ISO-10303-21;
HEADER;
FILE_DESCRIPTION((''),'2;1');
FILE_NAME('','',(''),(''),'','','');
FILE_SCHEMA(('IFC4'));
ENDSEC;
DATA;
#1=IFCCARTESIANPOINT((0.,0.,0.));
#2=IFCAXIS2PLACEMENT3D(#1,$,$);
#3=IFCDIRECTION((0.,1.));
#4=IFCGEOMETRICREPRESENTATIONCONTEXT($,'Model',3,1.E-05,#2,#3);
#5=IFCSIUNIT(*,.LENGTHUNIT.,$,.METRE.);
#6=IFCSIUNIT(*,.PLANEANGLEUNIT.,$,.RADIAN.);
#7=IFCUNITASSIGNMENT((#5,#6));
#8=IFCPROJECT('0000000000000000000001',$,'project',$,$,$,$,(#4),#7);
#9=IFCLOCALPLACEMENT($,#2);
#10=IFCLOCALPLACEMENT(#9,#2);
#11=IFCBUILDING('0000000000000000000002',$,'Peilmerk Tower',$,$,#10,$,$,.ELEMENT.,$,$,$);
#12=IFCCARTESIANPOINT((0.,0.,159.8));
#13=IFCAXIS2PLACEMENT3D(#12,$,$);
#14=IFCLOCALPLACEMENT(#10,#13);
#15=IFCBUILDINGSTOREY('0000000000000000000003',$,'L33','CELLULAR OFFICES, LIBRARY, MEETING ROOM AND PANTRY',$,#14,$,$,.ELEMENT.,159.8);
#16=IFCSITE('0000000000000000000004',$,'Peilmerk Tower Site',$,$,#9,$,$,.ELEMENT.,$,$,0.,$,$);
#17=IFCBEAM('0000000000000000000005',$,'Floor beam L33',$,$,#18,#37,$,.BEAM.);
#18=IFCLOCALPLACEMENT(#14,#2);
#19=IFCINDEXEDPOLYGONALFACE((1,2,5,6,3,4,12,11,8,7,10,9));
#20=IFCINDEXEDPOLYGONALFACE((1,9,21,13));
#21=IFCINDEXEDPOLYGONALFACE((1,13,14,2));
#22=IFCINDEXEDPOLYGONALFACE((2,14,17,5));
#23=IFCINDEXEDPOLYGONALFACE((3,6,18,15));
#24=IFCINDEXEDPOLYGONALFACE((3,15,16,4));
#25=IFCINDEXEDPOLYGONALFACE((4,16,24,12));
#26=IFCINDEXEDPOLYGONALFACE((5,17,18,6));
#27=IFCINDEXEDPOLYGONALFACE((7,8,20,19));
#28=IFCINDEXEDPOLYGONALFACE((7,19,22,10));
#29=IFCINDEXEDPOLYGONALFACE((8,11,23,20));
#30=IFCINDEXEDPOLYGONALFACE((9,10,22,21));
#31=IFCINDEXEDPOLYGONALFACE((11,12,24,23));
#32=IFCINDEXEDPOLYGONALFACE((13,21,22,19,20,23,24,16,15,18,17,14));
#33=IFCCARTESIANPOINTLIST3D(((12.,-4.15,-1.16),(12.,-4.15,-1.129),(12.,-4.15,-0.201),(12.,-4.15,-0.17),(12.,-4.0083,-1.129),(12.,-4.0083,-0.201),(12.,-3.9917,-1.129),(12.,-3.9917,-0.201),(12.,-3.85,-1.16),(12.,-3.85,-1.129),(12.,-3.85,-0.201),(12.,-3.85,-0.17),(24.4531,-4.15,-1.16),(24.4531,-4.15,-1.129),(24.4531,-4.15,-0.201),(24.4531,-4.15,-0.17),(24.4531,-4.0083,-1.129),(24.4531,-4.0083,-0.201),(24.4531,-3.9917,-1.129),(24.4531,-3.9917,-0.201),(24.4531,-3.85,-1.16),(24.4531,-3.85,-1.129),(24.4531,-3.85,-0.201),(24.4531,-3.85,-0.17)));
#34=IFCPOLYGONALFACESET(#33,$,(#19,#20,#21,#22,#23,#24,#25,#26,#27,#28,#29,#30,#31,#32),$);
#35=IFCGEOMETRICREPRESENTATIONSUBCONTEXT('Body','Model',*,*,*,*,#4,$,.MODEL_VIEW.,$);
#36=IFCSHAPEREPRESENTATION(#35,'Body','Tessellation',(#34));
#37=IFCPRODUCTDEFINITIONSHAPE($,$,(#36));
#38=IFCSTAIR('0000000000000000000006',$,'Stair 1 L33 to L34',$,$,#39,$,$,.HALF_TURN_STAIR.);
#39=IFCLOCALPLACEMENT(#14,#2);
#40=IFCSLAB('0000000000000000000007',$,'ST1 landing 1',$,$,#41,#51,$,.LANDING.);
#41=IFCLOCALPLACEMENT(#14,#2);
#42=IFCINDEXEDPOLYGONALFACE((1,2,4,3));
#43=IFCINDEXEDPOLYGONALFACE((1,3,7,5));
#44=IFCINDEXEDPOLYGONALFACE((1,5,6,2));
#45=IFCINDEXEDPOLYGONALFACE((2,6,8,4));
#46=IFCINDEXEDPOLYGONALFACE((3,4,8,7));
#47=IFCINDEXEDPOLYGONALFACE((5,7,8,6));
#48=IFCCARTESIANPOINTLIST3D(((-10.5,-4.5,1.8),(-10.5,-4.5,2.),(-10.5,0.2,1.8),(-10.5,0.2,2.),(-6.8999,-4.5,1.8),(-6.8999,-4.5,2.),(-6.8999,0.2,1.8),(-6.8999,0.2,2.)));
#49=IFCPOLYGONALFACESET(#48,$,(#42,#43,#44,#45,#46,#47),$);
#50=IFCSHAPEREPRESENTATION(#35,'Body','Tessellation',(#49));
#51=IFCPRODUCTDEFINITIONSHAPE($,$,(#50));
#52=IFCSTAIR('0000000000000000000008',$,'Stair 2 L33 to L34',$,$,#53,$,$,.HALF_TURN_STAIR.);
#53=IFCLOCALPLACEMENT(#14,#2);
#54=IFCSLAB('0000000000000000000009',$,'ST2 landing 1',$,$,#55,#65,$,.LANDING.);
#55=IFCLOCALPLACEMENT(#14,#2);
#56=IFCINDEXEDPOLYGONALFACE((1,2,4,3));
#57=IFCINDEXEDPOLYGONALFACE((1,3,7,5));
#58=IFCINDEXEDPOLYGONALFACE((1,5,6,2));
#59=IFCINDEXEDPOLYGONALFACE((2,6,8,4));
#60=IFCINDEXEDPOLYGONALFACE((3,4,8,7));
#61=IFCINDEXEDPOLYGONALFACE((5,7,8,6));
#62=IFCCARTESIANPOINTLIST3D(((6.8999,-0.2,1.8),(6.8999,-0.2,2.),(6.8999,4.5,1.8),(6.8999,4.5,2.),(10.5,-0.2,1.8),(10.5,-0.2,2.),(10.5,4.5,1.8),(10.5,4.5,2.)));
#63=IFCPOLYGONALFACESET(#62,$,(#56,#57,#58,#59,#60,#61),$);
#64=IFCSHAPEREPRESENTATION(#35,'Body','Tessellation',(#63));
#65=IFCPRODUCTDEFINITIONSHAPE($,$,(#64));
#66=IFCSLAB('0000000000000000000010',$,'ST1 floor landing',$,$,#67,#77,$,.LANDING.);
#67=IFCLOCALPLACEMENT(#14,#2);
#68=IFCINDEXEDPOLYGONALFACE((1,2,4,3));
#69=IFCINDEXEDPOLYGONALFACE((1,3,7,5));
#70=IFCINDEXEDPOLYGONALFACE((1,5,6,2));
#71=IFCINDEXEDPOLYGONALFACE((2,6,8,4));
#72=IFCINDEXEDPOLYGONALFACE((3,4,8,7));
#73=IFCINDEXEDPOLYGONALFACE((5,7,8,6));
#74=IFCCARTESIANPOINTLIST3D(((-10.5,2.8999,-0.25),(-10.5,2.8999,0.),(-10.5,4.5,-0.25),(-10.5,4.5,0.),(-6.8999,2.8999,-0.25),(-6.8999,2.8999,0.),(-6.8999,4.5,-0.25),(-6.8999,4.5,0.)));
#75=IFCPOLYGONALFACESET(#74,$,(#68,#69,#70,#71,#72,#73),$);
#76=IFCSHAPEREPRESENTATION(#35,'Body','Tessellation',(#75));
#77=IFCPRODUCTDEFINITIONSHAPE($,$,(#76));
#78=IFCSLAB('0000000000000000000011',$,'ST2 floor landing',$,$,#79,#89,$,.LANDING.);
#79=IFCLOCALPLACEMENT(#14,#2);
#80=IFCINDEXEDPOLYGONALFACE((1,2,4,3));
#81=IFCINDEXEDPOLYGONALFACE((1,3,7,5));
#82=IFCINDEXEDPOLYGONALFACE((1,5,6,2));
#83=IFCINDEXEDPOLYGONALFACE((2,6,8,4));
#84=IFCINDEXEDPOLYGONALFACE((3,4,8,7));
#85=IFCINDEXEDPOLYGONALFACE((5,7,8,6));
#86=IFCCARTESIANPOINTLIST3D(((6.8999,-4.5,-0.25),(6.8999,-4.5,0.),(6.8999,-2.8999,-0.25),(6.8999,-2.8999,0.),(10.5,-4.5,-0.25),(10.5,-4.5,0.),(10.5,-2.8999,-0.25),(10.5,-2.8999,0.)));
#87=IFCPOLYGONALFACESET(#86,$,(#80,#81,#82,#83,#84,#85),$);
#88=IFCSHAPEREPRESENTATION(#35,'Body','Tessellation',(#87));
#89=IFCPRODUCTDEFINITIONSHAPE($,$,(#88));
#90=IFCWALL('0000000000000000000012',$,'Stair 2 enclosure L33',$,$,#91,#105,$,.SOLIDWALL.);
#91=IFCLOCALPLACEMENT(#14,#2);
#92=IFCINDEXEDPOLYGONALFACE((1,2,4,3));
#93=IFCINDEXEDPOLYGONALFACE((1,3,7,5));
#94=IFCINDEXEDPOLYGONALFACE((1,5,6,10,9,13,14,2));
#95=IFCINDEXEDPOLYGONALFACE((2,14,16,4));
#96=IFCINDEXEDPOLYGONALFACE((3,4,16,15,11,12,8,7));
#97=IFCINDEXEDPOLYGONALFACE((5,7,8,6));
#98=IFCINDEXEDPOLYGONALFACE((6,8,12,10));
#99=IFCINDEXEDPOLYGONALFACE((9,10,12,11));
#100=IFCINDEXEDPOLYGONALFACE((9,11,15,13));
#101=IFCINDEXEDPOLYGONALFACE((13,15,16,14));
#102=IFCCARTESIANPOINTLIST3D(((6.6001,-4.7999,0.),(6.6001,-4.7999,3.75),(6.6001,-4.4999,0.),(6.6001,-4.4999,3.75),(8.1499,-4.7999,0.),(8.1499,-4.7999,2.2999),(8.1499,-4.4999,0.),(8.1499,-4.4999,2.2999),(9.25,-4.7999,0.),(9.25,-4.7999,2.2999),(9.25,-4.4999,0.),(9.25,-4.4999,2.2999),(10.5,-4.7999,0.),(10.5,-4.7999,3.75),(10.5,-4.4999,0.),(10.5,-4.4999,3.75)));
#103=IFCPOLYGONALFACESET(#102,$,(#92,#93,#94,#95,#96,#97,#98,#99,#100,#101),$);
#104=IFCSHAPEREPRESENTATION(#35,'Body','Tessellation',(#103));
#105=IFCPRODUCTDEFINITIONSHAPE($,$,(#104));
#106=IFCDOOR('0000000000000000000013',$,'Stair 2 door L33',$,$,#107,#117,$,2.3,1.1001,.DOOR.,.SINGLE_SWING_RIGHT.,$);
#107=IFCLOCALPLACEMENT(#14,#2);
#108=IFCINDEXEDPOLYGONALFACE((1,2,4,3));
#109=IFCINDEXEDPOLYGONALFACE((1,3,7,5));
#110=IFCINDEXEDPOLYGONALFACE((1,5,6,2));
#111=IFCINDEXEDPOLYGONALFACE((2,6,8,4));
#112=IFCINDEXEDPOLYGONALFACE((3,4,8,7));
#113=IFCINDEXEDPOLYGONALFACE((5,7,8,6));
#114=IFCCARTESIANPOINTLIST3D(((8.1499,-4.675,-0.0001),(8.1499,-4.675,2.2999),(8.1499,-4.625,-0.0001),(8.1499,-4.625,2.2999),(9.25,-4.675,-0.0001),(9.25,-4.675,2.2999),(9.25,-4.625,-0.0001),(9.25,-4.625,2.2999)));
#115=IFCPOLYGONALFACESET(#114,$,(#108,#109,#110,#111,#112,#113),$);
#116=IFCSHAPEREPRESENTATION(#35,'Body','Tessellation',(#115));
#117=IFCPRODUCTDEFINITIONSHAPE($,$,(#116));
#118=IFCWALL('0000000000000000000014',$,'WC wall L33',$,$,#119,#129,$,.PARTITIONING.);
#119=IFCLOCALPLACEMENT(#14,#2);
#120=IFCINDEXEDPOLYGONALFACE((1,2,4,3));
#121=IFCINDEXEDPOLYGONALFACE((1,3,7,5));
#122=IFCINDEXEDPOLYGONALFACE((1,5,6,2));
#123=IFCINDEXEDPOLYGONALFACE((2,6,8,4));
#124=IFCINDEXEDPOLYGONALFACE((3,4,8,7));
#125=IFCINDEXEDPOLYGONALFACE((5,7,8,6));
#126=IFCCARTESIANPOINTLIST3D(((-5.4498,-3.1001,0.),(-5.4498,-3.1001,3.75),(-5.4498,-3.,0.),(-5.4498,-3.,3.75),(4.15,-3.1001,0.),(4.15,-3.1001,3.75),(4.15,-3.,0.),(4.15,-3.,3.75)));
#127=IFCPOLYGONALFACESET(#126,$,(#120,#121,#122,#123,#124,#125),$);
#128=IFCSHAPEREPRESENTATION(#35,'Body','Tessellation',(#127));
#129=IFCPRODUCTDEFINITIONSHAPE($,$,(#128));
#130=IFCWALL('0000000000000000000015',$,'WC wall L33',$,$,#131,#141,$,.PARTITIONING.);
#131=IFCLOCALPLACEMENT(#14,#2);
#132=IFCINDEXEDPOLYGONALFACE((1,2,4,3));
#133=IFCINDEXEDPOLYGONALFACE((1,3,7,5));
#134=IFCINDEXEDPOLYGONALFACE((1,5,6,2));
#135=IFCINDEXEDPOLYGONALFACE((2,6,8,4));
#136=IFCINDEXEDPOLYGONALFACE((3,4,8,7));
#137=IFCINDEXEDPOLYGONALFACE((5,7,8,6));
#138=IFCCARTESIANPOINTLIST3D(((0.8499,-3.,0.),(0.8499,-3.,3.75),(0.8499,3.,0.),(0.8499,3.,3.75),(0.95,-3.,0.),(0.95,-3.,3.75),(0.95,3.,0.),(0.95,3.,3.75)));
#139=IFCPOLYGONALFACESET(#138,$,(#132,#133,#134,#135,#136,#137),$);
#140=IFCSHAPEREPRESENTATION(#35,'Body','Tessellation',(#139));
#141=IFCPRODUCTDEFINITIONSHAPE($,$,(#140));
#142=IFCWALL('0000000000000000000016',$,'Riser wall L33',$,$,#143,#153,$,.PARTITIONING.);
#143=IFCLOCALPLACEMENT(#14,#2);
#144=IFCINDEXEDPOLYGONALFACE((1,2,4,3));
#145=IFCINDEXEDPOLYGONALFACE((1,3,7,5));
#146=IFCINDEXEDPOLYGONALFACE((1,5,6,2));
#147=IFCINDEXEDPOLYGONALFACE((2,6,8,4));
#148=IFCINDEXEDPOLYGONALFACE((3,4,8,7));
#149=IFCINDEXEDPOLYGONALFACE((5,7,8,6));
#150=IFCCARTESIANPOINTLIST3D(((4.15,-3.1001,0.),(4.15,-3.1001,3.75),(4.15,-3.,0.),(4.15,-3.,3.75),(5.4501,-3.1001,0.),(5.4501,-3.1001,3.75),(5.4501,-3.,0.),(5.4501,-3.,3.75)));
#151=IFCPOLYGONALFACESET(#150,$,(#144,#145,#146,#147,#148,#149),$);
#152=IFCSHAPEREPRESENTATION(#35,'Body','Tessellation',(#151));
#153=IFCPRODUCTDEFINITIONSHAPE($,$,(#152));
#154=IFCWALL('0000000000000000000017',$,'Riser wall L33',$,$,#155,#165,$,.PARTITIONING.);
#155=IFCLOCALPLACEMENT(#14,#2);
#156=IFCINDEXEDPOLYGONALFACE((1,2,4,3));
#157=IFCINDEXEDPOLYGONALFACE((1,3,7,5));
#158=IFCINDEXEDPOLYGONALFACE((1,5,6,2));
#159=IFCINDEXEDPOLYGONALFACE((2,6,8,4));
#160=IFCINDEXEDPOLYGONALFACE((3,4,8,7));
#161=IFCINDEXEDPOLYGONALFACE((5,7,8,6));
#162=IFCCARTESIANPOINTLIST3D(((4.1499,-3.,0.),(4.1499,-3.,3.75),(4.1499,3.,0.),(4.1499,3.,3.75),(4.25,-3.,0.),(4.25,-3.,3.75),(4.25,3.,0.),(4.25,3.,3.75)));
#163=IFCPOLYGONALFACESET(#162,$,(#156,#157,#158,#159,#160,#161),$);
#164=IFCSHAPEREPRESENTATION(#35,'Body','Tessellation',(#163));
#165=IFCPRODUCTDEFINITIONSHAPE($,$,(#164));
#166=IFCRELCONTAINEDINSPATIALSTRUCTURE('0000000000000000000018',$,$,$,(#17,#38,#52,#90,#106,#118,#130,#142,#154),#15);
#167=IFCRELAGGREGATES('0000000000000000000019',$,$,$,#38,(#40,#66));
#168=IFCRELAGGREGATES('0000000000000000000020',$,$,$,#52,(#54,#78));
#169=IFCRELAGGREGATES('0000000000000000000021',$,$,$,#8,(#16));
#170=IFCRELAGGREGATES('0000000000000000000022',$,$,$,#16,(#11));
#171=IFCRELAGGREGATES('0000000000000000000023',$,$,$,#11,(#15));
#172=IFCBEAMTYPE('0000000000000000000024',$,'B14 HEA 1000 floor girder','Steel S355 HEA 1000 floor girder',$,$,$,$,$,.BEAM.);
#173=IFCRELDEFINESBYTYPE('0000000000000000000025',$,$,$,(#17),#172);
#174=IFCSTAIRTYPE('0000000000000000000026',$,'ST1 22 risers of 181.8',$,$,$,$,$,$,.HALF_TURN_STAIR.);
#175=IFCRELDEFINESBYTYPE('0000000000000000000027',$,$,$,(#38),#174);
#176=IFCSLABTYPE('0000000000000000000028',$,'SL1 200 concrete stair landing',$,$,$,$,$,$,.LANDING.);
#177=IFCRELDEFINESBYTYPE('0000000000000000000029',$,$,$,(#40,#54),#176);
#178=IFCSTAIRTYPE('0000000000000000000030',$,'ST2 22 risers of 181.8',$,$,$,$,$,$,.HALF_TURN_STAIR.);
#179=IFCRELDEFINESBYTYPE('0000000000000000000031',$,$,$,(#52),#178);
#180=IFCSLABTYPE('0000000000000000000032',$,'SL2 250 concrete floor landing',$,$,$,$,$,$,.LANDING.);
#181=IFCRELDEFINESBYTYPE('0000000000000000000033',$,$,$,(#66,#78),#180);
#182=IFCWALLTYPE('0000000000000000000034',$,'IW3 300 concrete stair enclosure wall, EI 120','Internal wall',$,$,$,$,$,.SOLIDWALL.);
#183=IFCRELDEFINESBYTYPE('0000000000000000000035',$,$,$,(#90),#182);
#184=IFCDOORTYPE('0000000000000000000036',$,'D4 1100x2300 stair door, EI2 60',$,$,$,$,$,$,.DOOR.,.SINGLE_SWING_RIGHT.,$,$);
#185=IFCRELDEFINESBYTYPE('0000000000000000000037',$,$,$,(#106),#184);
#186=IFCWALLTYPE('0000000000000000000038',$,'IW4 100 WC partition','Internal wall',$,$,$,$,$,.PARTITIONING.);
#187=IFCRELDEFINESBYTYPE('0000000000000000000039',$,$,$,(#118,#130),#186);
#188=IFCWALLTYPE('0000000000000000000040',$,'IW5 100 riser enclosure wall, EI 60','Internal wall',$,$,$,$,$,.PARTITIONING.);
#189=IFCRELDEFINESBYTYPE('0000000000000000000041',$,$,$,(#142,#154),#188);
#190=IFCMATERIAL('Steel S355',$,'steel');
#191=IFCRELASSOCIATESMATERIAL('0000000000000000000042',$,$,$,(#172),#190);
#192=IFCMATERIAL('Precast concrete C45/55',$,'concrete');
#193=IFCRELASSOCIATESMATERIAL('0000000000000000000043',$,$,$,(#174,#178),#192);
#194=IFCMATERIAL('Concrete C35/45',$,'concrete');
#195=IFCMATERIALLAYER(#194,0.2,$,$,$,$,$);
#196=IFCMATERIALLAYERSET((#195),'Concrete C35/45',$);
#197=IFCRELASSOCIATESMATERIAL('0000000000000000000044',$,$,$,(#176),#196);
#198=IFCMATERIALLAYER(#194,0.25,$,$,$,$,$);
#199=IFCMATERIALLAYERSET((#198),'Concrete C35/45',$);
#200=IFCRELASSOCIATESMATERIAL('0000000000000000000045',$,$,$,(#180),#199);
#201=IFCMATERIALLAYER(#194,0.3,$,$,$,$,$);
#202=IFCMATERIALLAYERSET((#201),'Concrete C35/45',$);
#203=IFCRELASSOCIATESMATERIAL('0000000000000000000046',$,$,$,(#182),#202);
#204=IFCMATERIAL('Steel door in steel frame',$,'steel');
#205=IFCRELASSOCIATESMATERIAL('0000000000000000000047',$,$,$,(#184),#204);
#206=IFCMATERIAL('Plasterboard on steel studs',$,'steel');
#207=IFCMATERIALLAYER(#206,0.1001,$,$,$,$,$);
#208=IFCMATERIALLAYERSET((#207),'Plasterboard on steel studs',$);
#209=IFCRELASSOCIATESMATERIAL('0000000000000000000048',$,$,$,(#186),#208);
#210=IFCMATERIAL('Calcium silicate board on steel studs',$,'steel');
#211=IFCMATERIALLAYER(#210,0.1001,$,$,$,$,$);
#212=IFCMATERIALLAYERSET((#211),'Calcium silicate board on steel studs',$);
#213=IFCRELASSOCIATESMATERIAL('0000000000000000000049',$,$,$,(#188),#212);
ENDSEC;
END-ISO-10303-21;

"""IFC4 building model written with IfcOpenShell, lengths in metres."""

from ifc_helpers import new_model, si_unit, direction, frame, frame_2d, origin, origin_2d, place, context, subcontext, project, spatial, polyline, rectangle, i_section, outline, extrude, material, layer, layer_set, material_profile, profile_set, type_object, element, fill, aggregate, save


model = new_model("IFC4")

# Units and contexts
model_context = context("Model", 3, precision=1e-05, world=origin(), true_north=direction((0.0, 1.0)))
body_context = subcontext(model_context, "Body", "Model", "MODEL_VIEW")
ifc_project = project(units=[si_unit("LENGTHUNIT", "METRE"), si_unit("PLANEANGLEUNIT", "RADIAN")], contexts=[model_context])

# Site, building, storey
site_placement = place(None, origin())
site = spatial("IfcSite", under=ifc_project, at=site_placement, Name="Peilmerk Tower Site", CompositionType="ELEMENT", RefElevation=0.0)
building_placement = place(site_placement, origin())
building = spatial("IfcBuilding", under=site, at=building_placement, Name="Peilmerk Tower", CompositionType="ELEMENT")
storey_placement = place(building_placement, frame((0.0, 0.0, 159.8)))
storey = spatial("IfcBuildingStorey", under=building, at=storey_placement, Name="L33", Description="CELLULAR OFFICES, LIBRARY, MEETING ROOM AND PANTRY", CompositionType="ELEMENT", Elevation=159.8)

# Beam
ifc_material_1 = material(Name="Steel S355", Category="steel")
ifc_material_profile = material_profile(ifc_material_1, i_section(OverallWidth=0.3, OverallDepth=0.99, WebThickness=0.0166, FlangeThickness=0.031, at=origin_2d()), Name="HEA 1000")
ifc_profile_set = profile_set([ifc_material_profile], Name="Steel S355")
beam_type = type_object("IfcBeamType", Name="B14 HEA 1000 floor girder", Description="Steel S355 HEA 1000 floor girder", PredefinedType="BEAM", material=ifc_profile_set)
beam_placement = place(storey_placement, frame((12.0, -4.0, -0.665), z_axis=(1.0, 0.0, 0.0), x_axis=(0.0, 1.0, 0.0)))
element("IfcBeam", 1, at=beam_placement, inside=storey, type_object=beam_type, Name="Floor beam L33", PredefinedType="BEAM", context=body_context, shape_type="SweptSolid", body=[
    extrude(i_section(OverallWidth=0.3, OverallDepth=0.99, WebThickness=0.0166, FlangeThickness=0.031, at=origin_2d()), origin(), (0.0, 0.0, 1.0), 12.4531),
])

# Stairs, slabs
ifc_material_2 = material(Name="Precast concrete C45/55", Category="concrete")
stair_type_1 = type_object("IfcStairType", Name="ST1 22 risers of 181.8", PredefinedType="HALF_TURN_STAIR", material=ifc_material_2)
stair_1_placement = place(storey_placement, origin())
stair_1 = element("IfcStair", 2, at=stair_1_placement, inside=storey, type_object=stair_type_1, Name="Stair 1 L33 to L34", PredefinedType="HALF_TURN_STAIR")
ifc_material_3 = material(Name="Concrete C35/45", Category="concrete")
ifc_layer_1 = layer(ifc_material_3, 0.2)
ifc_layer_set_1 = layer_set([ifc_layer_1], Name="Concrete C35/45")
slab_type_1 = type_object("IfcSlabType", Name="SL1 200 concrete stair landing", PredefinedType="LANDING", material=ifc_layer_set_1)
slab_1_placement = place(storey_placement, frame((0.0, 0.0, 1.8)))
slab_1 = element("IfcSlab", 3, at=slab_1_placement, type_object=slab_type_1, Name="ST1 landing 1", PredefinedType="LANDING", context=body_context, shape_type="SweptSolid", body=[
    extrude(outline(polyline([(-10.5, -4.5), (-6.8999, -4.5), (-6.8999, 0.2), (-10.5, 0.2), (-10.5, -4.5)])), origin(), (0.0, 0.0, 1.0), 0.2),
])
stair_type_2 = type_object("IfcStairType", Name="ST2 22 risers of 181.8", PredefinedType="HALF_TURN_STAIR", material=ifc_material_2)
stair_2_placement = place(storey_placement, origin())
stair_2 = element("IfcStair", 4, at=stair_2_placement, inside=storey, type_object=stair_type_2, Name="Stair 2 L33 to L34", PredefinedType="HALF_TURN_STAIR")
slab_2_placement = place(storey_placement, frame((0.0, 0.0, 1.8)))
slab_2 = element("IfcSlab", 5, at=slab_2_placement, type_object=slab_type_1, Name="ST2 landing 1", PredefinedType="LANDING", context=body_context, shape_type="SweptSolid", body=[
    extrude(outline(polyline([(6.8999, -0.2), (10.5, -0.2), (10.5, 4.5), (6.8999, 4.5), (6.8999, -0.2)])), origin(), (0.0, 0.0, 1.0), 0.2),
])

# Slabs
ifc_layer_2 = layer(ifc_material_3, 0.25)
ifc_layer_set_2 = layer_set([ifc_layer_2], Name="Concrete C35/45")
slab_type_2 = type_object("IfcSlabType", Name="SL2 250 concrete floor landing", PredefinedType="LANDING", material=ifc_layer_set_2)
slab_3_placement = place(storey_placement, frame((0.0, 0.0, -0.25)))
slab_3 = element("IfcSlab", 6, at=slab_3_placement, type_object=slab_type_2, Name="ST1 floor landing", PredefinedType="LANDING", context=body_context, shape_type="SweptSolid", body=[
    extrude(outline(polyline([(-10.5, 2.8999), (-6.8999, 2.8999), (-6.8999, 4.5), (-10.5, 4.5), (-10.5, 2.8999)])), origin(), (0.0, 0.0, 1.0), 0.25),
])
aggregate(stair_1, [slab_1, slab_3])
slab_4_placement = place(storey_placement, frame((0.0, 0.0, -0.25)))
slab_4 = element("IfcSlab", 7, at=slab_4_placement, type_object=slab_type_2, Name="ST2 floor landing", PredefinedType="LANDING", context=body_context, shape_type="SweptSolid", body=[
    extrude(outline(polyline([(6.8999, -4.5), (10.5, -4.5), (10.5, -2.8999), (6.8999, -2.8999), (6.8999, -4.5)])), origin(), (0.0, 0.0, 1.0), 0.25),
])

# Wall, opening, door
ifc_layer_3 = layer(ifc_material_3, 0.3)
ifc_layer_set_3 = layer_set([ifc_layer_3], Name="Concrete C35/45")
wall_type_1 = type_object("IfcWallType", Name="IW3 300 concrete stair enclosure wall, EI 120", Description="Internal wall", PredefinedType="SOLIDWALL", material=ifc_layer_set_3)
wall_1_placement = place(storey_placement, frame((10.5, -4.6499, 0.0), z_axis=(0.0, 0.0, 1.0), x_axis=(-1.0, 0.0, 0.0)))
wall_1 = element("IfcWall", 8, at=wall_1_placement, inside=storey, type_object=wall_type_1, Name="Stair 2 enclosure L33", PredefinedType="SOLIDWALL", context=body_context, shape_type="SweptSolid", body=[
    extrude(rectangle(XDim=3.8999, YDim=0.3, at=frame_2d((1.95, 0.0))), origin(), (0.0, 0.0, 1.0), 3.75),
])
opening_1_placement = place(wall_1_placement, frame((1.25, 0.0, 0.0)))
opening_1 = element("IfcOpeningElement", 9, at=opening_1_placement, cuts=wall_1, PredefinedType="OPENING", context=body_context, shape_type="SweptSolid", body=[
    extrude(rectangle(XDim=1.1001, YDim=2.3, at=frame_2d((0.55, 1.1499))), frame((0.0, 0.1599, 0.0), z_axis=(0.0, -1.0, 0.0), x_axis=(1.0, 0.0, 0.0)), (0.0, 0.0, 1.0), 0.3201),
])
ifc_material_4 = material(Name="Steel door in steel frame", Category="steel")
door_type_1 = type_object("IfcDoorType", Name="D4 1100x2300 stair door, EI2 60", OperationType="SINGLE_SWING_RIGHT", PredefinedType="DOOR", material=ifc_material_4)
door_1_placement = place(opening_1_placement, frame((1.1001, 0.0, 0.0), z_axis=(0.0, 0.0, 1.0), x_axis=(-1.0, 0.0, 0.0)))
door_1 = element("IfcDoor", 10, at=door_1_placement, inside=storey, type_object=door_type_1, Name="Stair 2 door L33", OperationType="SINGLE_SWING_RIGHT", OverallHeight=2.3, OverallWidth=1.1001, PredefinedType="DOOR", context=body_context, shape_type="SweptSolid", body=[
    extrude(rectangle(XDim=1.1001, YDim=2.3, at=frame_2d((0.55, 1.1499))), frame((0.0, 0.0249, 0.0), z_axis=(0.0, -1.0, 0.0), x_axis=(1.0, 0.0, 0.0)), (0.0, 0.0, 1.0), 0.05),
])
fill(opening_1, door_1)

# Walls
ifc_material_5 = material(Name="Plasterboard on steel studs", Category="steel")
ifc_layer_4 = layer(ifc_material_5, 0.1001)
ifc_layer_set_4 = layer_set([ifc_layer_4], Name="Plasterboard on steel studs")
wall_type_2 = type_object("IfcWallType", Name="IW4 100 WC partition", Description="Internal wall", PredefinedType="PARTITIONING", material=ifc_layer_set_4)
wall_2_placement = place(storey_placement, frame((4.1499, -3.05, 0.0), z_axis=(0.0, 0.0, 1.0), x_axis=(-1.0, 0.0, 0.0)))
element("IfcWall", 11, at=wall_2_placement, inside=storey, type_object=wall_type_2, Name="WC wall L33", PredefinedType="PARTITIONING", context=body_context, shape_type="SweptSolid", body=[
    extrude(rectangle(XDim=9.5999, YDim=0.1001, at=frame_2d((4.7998, 0.0))), origin(), (0.0, 0.0, 1.0), 3.75),
])
wall_3_placement = place(storey_placement, frame((0.8999, -3.0, 0.0), z_axis=(0.0, 0.0, 1.0), x_axis=(0.0, 1.0, 0.0)))
element("IfcWall", 12, at=wall_3_placement, inside=storey, type_object=wall_type_2, Name="WC wall L33", PredefinedType="PARTITIONING", context=body_context, shape_type="SweptSolid", body=[
    extrude(rectangle(XDim=6.0, YDim=0.1001, at=frame_2d((3.0, 0.0))), origin(), (0.0, 0.0, 1.0), 3.75),
])
ifc_material_6 = material(Name="Calcium silicate board on steel studs", Category="steel")
ifc_layer_5 = layer(ifc_material_6, 0.1001)
ifc_layer_set_5 = layer_set([ifc_layer_5], Name="Calcium silicate board on steel studs")
wall_type_3 = type_object("IfcWallType", Name="IW5 100 riser enclosure wall, EI 60", Description="Internal wall", PredefinedType="PARTITIONING", material=ifc_layer_set_5)
wall_4_placement = place(storey_placement, frame((5.45, -3.05, 0.0), z_axis=(0.0, 0.0, 1.0), x_axis=(-1.0, 0.0, 0.0)))
element("IfcWall", 13, at=wall_4_placement, inside=storey, type_object=wall_type_3, Name="Riser wall L33", PredefinedType="PARTITIONING", context=body_context, shape_type="SweptSolid", body=[
    extrude(rectangle(XDim=1.3, YDim=0.1001, at=frame_2d((0.6499, 0.0))), origin(), (0.0, 0.0, 1.0), 3.75),
])
wall_5_placement = place(storey_placement, frame((4.2, -3.0, 0.0), z_axis=(0.0, 0.0, 1.0), x_axis=(0.0, 1.0, 0.0)))
element("IfcWall", 14, at=wall_5_placement, inside=storey, type_object=wall_type_3, Name="Riser wall L33", PredefinedType="PARTITIONING", context=body_context, shape_type="SweptSolid", body=[
    extrude(rectangle(XDim=6.0, YDim=0.1001, at=frame_2d((3.0, 0.0))), origin(), (0.0, 0.0, 1.0), 3.75),
])

aggregate(stair_2, [slab_2, slab_4])

save(model, "model.ifc")
